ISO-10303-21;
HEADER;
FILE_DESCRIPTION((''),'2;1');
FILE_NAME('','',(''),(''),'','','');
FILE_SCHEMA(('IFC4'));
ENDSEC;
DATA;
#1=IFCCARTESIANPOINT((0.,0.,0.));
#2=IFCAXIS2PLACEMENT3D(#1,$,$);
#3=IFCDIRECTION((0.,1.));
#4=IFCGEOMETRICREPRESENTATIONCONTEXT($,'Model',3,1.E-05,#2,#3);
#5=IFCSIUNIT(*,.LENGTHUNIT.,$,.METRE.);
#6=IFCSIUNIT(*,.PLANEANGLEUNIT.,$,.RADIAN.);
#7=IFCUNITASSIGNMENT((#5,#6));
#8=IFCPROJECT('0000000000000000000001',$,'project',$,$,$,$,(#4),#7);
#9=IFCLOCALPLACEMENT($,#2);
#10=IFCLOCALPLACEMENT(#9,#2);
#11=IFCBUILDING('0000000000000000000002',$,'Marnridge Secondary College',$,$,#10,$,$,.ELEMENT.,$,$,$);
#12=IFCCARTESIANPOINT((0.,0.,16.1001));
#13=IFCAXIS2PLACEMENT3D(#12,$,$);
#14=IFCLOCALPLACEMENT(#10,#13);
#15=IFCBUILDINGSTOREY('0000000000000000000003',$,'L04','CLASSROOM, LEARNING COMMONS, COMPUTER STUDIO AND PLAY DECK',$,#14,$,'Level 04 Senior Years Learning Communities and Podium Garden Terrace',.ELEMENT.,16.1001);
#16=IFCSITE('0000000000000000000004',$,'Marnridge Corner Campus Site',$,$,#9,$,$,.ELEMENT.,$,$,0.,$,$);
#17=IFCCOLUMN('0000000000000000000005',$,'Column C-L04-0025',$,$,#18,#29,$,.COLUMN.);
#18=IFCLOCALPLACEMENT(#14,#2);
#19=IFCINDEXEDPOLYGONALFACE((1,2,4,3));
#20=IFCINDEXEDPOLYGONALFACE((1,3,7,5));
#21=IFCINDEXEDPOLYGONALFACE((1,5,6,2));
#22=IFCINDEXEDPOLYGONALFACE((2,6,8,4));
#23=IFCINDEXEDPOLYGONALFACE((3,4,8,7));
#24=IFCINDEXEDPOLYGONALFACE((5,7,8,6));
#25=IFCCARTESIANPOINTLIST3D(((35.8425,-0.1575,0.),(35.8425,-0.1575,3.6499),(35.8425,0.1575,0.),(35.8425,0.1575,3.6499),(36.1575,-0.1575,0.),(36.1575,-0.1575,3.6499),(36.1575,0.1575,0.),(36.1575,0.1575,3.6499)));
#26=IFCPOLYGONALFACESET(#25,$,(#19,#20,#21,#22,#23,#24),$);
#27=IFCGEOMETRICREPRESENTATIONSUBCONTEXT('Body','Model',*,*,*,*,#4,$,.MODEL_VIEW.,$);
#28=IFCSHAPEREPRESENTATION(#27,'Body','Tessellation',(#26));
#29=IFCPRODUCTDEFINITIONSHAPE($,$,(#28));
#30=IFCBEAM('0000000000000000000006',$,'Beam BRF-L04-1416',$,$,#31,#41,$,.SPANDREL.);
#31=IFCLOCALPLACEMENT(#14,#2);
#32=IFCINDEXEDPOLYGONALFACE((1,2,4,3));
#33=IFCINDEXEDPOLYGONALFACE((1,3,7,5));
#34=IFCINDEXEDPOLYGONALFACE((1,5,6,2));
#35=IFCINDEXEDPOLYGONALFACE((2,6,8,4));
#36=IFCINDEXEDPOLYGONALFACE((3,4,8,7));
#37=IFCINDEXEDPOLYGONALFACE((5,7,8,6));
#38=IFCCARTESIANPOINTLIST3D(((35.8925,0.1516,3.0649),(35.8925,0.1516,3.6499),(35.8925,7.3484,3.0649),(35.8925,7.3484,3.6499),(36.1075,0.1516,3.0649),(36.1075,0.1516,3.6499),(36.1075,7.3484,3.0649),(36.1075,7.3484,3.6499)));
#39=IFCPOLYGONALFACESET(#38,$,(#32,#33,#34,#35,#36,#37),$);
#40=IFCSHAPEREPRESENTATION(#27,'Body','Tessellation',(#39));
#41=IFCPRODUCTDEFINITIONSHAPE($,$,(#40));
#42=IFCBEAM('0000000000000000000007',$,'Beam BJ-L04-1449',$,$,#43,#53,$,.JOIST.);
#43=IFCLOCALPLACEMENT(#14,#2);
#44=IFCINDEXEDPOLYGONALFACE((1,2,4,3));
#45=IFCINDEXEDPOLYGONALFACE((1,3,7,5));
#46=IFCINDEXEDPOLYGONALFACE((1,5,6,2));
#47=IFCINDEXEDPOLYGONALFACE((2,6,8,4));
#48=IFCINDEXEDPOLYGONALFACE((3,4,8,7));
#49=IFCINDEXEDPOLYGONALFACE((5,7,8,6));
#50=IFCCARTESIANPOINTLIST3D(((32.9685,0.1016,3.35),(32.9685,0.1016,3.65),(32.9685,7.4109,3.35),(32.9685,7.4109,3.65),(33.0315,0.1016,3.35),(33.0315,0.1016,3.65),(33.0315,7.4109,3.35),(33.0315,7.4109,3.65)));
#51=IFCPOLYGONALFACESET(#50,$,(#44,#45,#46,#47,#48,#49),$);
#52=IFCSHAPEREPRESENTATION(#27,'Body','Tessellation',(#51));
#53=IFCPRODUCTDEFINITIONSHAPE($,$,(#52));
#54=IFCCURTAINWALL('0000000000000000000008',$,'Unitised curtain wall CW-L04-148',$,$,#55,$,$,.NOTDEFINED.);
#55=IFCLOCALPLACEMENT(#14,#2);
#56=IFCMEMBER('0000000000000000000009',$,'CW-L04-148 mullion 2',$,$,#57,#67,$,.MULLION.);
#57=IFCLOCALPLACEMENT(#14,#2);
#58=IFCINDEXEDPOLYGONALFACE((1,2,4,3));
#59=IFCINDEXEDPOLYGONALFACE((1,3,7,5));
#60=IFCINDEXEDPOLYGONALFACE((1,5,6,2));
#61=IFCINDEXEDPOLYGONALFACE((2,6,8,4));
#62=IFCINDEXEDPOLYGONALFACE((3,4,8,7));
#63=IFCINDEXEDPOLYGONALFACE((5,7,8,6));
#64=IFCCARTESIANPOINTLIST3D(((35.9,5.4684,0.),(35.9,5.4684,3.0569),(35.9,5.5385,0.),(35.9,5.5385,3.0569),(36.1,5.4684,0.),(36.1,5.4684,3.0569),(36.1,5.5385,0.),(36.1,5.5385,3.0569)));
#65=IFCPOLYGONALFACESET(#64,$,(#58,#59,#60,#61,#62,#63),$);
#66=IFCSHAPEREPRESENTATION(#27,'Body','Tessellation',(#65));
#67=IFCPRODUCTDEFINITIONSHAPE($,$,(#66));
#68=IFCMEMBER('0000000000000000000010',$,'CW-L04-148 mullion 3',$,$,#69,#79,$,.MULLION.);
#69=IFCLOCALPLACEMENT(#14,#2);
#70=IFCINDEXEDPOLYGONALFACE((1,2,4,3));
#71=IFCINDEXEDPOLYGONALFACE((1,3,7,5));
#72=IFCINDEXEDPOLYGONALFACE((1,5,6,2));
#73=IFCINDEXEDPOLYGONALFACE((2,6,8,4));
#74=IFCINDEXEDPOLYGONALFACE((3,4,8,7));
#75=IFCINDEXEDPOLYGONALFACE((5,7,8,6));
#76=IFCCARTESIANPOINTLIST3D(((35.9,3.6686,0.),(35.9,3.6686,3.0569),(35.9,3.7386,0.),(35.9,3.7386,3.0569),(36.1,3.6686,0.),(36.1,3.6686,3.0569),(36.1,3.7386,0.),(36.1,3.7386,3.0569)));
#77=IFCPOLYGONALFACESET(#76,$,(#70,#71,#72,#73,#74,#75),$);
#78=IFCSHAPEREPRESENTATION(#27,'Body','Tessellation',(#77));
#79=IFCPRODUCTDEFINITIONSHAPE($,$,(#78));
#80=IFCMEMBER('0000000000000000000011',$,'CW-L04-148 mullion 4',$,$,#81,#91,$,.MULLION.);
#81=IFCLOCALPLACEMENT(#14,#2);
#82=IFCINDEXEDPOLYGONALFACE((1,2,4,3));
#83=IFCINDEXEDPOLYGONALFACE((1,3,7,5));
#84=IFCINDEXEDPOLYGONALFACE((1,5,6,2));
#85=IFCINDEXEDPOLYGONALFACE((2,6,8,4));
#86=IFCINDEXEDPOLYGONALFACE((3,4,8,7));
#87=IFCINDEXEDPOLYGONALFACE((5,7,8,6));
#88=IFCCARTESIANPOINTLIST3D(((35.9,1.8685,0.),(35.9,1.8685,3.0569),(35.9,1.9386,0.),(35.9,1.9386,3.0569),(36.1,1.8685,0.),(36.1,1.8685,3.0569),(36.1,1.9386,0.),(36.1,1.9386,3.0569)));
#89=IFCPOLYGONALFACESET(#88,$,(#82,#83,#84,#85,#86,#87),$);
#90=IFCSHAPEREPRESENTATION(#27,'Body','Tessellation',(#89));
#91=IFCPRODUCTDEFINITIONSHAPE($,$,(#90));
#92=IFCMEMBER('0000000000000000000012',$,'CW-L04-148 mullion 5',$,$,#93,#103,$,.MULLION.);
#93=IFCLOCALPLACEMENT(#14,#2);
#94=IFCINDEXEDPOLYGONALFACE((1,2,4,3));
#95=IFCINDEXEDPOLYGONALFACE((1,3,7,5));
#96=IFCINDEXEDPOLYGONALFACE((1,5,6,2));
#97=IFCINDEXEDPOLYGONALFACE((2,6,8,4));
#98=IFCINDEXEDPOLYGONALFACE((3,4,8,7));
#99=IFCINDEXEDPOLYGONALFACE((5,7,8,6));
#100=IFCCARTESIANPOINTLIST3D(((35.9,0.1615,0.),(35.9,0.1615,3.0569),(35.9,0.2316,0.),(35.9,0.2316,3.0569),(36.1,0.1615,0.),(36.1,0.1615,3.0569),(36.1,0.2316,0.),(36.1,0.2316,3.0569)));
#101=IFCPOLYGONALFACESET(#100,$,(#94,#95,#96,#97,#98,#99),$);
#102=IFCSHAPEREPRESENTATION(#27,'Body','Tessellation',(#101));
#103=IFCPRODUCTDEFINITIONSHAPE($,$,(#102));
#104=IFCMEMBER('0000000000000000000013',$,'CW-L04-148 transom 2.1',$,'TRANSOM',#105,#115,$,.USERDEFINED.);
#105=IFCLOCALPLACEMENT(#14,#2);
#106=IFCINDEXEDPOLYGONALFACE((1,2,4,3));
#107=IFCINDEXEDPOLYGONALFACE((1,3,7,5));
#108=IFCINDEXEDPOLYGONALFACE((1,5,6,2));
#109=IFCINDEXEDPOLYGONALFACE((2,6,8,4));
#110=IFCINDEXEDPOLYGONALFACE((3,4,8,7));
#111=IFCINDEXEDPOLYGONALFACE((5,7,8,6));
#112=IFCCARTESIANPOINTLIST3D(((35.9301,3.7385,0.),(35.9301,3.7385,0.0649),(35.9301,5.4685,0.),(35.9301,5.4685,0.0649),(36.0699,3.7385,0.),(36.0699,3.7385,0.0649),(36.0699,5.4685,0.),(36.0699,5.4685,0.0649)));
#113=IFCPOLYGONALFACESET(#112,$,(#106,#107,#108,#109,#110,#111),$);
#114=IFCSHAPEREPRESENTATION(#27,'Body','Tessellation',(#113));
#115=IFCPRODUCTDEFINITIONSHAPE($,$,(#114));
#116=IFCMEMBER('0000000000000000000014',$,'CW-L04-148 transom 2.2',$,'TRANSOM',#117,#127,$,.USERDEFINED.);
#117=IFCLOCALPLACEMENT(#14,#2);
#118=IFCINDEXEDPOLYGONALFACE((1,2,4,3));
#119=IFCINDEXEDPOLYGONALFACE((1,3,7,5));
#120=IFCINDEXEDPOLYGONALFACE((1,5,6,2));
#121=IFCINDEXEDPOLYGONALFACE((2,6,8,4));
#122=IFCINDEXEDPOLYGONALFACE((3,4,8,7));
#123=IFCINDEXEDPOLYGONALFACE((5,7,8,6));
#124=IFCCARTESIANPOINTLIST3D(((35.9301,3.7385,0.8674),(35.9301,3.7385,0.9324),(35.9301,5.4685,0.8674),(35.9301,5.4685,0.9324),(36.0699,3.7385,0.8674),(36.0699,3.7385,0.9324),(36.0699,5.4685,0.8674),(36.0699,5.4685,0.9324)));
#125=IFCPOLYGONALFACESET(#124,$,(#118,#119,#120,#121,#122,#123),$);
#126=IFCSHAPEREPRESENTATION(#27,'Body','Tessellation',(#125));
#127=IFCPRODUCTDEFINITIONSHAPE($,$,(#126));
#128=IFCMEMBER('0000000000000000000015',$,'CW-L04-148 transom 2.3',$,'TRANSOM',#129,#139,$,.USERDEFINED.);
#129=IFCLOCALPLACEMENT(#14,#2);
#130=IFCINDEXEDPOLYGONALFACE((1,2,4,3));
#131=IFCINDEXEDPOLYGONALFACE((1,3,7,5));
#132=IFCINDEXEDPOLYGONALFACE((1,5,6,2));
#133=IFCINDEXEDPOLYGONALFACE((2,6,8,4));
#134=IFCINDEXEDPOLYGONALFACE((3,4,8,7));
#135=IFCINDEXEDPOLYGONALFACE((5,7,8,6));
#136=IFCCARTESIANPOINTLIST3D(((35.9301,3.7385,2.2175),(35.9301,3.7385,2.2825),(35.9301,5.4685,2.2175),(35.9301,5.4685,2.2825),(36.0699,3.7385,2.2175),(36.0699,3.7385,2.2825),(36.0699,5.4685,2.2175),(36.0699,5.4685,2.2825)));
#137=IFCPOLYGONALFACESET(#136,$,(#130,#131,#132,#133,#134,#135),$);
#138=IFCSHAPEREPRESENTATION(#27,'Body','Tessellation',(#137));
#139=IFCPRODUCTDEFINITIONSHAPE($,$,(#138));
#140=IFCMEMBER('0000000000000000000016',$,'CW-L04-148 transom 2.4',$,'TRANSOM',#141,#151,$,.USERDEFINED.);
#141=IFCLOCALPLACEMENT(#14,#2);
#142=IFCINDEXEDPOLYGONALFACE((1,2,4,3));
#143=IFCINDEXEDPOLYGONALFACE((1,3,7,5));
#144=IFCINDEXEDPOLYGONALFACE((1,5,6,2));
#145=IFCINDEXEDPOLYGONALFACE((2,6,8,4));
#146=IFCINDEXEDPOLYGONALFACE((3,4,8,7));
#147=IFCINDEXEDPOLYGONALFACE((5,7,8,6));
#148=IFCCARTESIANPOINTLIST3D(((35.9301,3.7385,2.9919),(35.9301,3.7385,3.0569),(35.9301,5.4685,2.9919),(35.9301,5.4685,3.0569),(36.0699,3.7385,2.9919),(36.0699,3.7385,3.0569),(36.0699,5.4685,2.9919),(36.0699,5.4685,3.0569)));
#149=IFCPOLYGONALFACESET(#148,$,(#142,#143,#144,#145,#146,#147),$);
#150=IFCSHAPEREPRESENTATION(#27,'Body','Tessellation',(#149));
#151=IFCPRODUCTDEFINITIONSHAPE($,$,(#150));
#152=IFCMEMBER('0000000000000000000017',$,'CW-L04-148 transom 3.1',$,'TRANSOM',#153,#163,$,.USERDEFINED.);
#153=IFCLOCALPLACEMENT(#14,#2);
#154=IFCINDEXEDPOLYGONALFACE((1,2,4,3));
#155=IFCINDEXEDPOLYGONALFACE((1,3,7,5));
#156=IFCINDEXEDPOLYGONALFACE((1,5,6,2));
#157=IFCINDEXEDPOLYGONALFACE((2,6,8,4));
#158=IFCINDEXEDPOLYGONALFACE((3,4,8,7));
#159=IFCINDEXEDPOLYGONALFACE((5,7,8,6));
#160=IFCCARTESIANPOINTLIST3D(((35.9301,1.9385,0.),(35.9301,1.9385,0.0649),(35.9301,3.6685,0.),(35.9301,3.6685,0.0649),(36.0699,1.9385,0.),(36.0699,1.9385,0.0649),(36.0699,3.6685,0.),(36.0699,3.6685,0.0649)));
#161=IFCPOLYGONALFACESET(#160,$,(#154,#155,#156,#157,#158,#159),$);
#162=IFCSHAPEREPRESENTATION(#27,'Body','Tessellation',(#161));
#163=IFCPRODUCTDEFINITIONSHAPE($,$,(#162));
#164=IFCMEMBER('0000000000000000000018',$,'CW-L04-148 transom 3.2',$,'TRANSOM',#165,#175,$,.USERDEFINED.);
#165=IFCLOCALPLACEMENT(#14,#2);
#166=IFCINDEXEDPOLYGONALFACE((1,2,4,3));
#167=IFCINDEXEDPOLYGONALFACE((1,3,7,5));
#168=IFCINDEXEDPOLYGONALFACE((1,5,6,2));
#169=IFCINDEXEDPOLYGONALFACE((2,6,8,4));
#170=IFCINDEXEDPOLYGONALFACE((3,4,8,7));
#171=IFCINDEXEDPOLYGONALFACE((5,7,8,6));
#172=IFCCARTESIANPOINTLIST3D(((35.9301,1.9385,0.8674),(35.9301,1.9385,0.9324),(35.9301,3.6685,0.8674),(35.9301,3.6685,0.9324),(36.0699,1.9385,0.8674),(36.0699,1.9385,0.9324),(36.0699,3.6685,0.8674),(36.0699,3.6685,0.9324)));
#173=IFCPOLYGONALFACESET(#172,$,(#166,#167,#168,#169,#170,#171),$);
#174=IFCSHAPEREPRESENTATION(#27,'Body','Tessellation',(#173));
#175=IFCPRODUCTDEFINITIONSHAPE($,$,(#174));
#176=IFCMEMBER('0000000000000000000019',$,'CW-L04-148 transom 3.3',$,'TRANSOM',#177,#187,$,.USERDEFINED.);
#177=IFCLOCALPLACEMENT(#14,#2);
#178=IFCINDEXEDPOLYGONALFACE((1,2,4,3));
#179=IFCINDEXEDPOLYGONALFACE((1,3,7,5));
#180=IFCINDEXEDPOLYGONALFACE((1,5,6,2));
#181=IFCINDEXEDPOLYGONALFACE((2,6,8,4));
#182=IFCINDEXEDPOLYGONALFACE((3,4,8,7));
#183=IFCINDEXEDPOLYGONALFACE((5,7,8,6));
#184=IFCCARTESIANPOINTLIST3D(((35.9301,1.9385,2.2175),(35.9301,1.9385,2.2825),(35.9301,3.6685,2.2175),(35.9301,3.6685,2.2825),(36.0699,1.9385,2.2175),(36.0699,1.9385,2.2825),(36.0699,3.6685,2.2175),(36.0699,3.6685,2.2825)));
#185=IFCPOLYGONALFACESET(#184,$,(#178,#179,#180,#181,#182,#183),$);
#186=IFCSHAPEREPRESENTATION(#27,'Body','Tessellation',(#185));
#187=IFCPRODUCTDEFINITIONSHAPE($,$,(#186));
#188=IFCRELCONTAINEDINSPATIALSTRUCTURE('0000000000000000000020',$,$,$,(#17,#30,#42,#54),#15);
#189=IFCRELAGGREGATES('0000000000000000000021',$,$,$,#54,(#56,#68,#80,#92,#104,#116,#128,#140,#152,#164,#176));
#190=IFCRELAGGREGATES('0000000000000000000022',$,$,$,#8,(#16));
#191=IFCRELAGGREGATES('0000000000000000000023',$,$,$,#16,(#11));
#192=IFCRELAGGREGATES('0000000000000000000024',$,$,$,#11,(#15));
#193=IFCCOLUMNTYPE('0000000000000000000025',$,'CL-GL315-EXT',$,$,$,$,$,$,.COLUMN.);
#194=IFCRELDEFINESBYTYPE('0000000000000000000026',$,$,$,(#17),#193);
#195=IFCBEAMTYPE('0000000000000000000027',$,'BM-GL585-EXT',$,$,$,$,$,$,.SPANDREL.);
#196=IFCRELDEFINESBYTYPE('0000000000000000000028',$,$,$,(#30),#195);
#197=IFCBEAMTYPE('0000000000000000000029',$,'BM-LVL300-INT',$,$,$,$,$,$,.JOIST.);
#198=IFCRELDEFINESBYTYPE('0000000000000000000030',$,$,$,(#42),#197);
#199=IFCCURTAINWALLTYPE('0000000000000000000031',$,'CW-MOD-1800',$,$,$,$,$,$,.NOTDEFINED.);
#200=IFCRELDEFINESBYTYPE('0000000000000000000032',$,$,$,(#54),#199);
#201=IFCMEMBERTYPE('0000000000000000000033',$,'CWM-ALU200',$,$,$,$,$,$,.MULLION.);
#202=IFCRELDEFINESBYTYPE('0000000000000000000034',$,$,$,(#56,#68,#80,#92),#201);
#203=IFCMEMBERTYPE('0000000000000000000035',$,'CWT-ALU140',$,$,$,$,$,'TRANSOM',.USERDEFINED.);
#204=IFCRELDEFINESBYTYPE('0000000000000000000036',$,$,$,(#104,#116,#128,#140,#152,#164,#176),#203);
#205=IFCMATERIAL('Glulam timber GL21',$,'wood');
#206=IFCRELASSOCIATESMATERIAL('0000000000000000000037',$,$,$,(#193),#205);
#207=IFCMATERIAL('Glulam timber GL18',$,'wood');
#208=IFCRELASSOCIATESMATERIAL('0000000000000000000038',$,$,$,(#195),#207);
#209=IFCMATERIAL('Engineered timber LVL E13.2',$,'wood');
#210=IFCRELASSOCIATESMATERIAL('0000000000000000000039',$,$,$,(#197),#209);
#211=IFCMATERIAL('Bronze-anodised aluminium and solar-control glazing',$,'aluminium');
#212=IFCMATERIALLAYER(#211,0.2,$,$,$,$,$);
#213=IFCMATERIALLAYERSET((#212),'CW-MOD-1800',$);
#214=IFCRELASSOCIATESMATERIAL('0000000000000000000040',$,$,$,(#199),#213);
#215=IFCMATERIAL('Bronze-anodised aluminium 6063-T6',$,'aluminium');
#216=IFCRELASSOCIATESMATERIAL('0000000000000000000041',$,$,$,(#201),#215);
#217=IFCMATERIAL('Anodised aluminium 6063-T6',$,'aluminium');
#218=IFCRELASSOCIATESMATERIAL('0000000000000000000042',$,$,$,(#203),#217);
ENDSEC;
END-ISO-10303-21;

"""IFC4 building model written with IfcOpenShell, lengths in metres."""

from ifc_helpers import new_model, si_unit, direction, frame, origin, origin_2d, place, context, subcontext, project, spatial, rectangle, extrude, material, layer, layer_set, material_profile, profile_set, type_object, element, aggregate, save


model = new_model("IFC4")

# Units and contexts
model_context = context("Model", 3, precision=1e-05, world=origin(), true_north=direction((0.0, 1.0)))
body_context = subcontext(model_context, "Body", "Model", "MODEL_VIEW")
ifc_project = project(units=[si_unit("LENGTHUNIT", "METRE"), si_unit("PLANEANGLEUNIT", "RADIAN")], contexts=[model_context])

# Site, building, storey
site_placement = place(None, origin())
site = spatial("IfcSite", under=ifc_project, at=site_placement, Name="Marnridge Corner Campus Site", CompositionType="ELEMENT", RefElevation=0.0)
building_placement = place(site_placement, origin())
building = spatial("IfcBuilding", under=site, at=building_placement, Name="Marnridge Secondary College", CompositionType="ELEMENT")
storey_placement = place(building_placement, frame((0.0, 0.0, 16.1001)))
storey = spatial("IfcBuildingStorey", under=building, at=storey_placement, Name="L04", Description="CLASSROOM, LEARNING COMMONS, COMPUTER STUDIO AND PLAY DECK", LongName="Level 04 Senior Years Learning Communities and Podium Garden Terrace", CompositionType="ELEMENT", Elevation=16.1001)

# Column
ifc_material_1 = material(Name="Glulam timber GL21", Category="wood")
ifc_material_profile_1 = material_profile(ifc_material_1, rectangle(XDim=0.3149, YDim=0.3149, at=origin_2d()), Name="GL21 315x315")
ifc_profile_set_1 = profile_set([ifc_material_profile_1], Name="Glulam timber GL21")
column_type = type_object("IfcColumnType", Name="CL-GL315-EXT", PredefinedType="COLUMN", material=ifc_profile_set_1)
column_placement = place(storey_placement, frame((36.0, 0.0, 0.0), z_axis=(0.0, 0.0, 1.0), x_axis=(1.0, 0.0, 0.0)))
element("IfcColumn", 1, at=column_placement, inside=storey, type_object=column_type, Name="Column C-L04-0025", PredefinedType="COLUMN", context=body_context, shape_type="SweptSolid", body=[
    extrude(rectangle(XDim=0.3149, YDim=0.3149, at=origin_2d()), origin(), (0.0, 0.0, 1.0), 3.6499),
])

# Beams
ifc_material_2 = material(Name="Glulam timber GL18", Category="wood")
ifc_material_profile_2 = material_profile(ifc_material_2, rectangle(XDim=0.2151, YDim=0.585, at=origin_2d()), Name="GL18 215x585")
ifc_profile_set_2 = profile_set([ifc_material_profile_2], Name="Glulam timber GL18")
beam_type_1 = type_object("IfcBeamType", Name="BM-GL585-EXT", PredefinedType="SPANDREL", material=ifc_profile_set_2)
beam_1_placement = place(storey_placement, frame((36.0, 0.1516, 3.3574), z_axis=(0.0, 1.0, 0.0), x_axis=(-1.0, 0.0, 0.0)))
element("IfcBeam", 2, at=beam_1_placement, inside=storey, type_object=beam_type_1, Name="Beam BRF-L04-1416", PredefinedType="SPANDREL", context=body_context, shape_type="SweptSolid", body=[
    extrude(rectangle(XDim=0.2151, YDim=0.585, at=origin_2d()), origin(), (0.0, 0.0, 1.0), 7.1968),
])
ifc_material_3 = material(Name="Engineered timber LVL E13.2", Category="wood")
ifc_material_profile_3 = material_profile(ifc_material_3, rectangle(XDim=0.063, YDim=0.3, at=origin_2d()), Name="LVL 63x300")
ifc_profile_set_3 = profile_set([ifc_material_profile_3], Name="Engineered timber LVL E13.2")
beam_type_2 = type_object("IfcBeamType", Name="BM-LVL300-INT", PredefinedType="JOIST", material=ifc_profile_set_3)
beam_2_placement = place(storey_placement, frame((33.0, 0.1016, 3.5), z_axis=(0.0, 1.0, 0.0), x_axis=(-1.0, 0.0, 0.0)))
element("IfcBeam", 3, at=beam_2_placement, inside=storey, type_object=beam_type_2, Name="Beam BJ-L04-1449", PredefinedType="JOIST", context=body_context, shape_type="SweptSolid", body=[
    extrude(rectangle(XDim=0.063, YDim=0.3, at=origin_2d()), origin(), (0.0, 0.0, 1.0), 7.3093),
])

# Curtain wall, members
ifc_material_4 = material(Name="Bronze-anodised aluminium and solar-control glazing", Category="aluminium")
ifc_layer_1 = layer(ifc_material_4, 0.2)
ifc_layer_set_1 = layer_set([ifc_layer_1], Name="CW-MOD-1800")
curtain_wall_type = type_object("IfcCurtainWallType", Name="CW-MOD-1800", PredefinedType="NOTDEFINED", material=ifc_layer_set_1)
curtain_wall_placement = place(storey_placement, origin())
curtain_wall = element("IfcCurtainWall", 4, at=curtain_wall_placement, inside=storey, type_object=curtain_wall_type, Name="Unitised curtain wall CW-L04-148", PredefinedType="NOTDEFINED")
ifc_material_5 = material(Name="Bronze-anodised aluminium 6063-T6", Category="aluminium")
ifc_material_profile_4 = material_profile(ifc_material_5, rectangle(XDim=0.0701, YDim=0.2, at=origin_2d()), Name="ALU 70x200")
ifc_profile_set_4 = profile_set([ifc_material_profile_4], Name="Bronze-anodised aluminium 6063-T6")
member_type_1 = type_object("IfcMemberType", Name="CWM-ALU200", PredefinedType="MULLION", material=ifc_profile_set_4)
member_1_placement = place(storey_placement, frame((36.0, 5.5034, 0.0), z_axis=(0.0, 0.0, 1.0), x_axis=(0.0, -1.0, 0.0)))
member_1 = element("IfcMember", 5, at=member_1_placement, type_object=member_type_1, Name="CW-L04-148 mullion 2", PredefinedType="MULLION", context=body_context, shape_type="SweptSolid", body=[
    extrude(rectangle(XDim=0.0701, YDim=0.2, at=origin_2d()), origin(), (0.0, 0.0, 1.0), 3.0569),
])
member_2_placement = place(storey_placement, frame((36.0, 3.7036, 0.0), z_axis=(0.0, 0.0, 1.0), x_axis=(0.0, -1.0, 0.0)))
member_2 = element("IfcMember", 6, at=member_2_placement, type_object=member_type_1, Name="CW-L04-148 mullion 3", PredefinedType="MULLION", context=body_context, shape_type="SweptSolid", body=[
    extrude(rectangle(XDim=0.0701, YDim=0.2, at=origin_2d()), origin(), (0.0, 0.0, 1.0), 3.0569),
])
member_3_placement = place(storey_placement, frame((36.0, 1.9036, 0.0), z_axis=(0.0, 0.0, 1.0), x_axis=(0.0, -1.0, 0.0)))
member_3 = element("IfcMember", 7, at=member_3_placement, type_object=member_type_1, Name="CW-L04-148 mullion 4", PredefinedType="MULLION", context=body_context, shape_type="SweptSolid", body=[
    extrude(rectangle(XDim=0.0701, YDim=0.2, at=origin_2d()), origin(), (0.0, 0.0, 1.0), 3.0569),
])
member_4_placement = place(storey_placement, frame((36.0, 0.1965, 0.0), z_axis=(0.0, 0.0, 1.0), x_axis=(0.0, -1.0, 0.0)))
member_4 = element("IfcMember", 8, at=member_4_placement, type_object=member_type_1, Name="CW-L04-148 mullion 5", PredefinedType="MULLION", context=body_context, shape_type="SweptSolid", body=[
    extrude(rectangle(XDim=0.0701, YDim=0.2, at=origin_2d()), origin(), (0.0, 0.0, 1.0), 3.0569),
])
ifc_material_6 = material(Name="Anodised aluminium 6063-T6", Category="aluminium")
ifc_material_profile_5 = material_profile(ifc_material_6, rectangle(XDim=0.0649, YDim=0.1399, at=origin_2d()), Name="ALU 65x140")
ifc_profile_set_5 = profile_set([ifc_material_profile_5], Name="Anodised aluminium 6063-T6")
member_type_2 = type_object("IfcMemberType", Name="CWT-ALU140", ElementType="TRANSOM", PredefinedType="USERDEFINED", material=ifc_profile_set_5)
member_5_placement = place(storey_placement, frame((36.0, 5.4685, 0.0325), z_axis=(0.0, -1.0, 0.0), x_axis=(0.0, 0.0, 1.0)))
member_5 = element("IfcMember", 9, at=member_5_placement, type_object=member_type_2, Name="CW-L04-148 transom 2.1", ObjectType="TRANSOM", PredefinedType="USERDEFINED", context=body_context, shape_type="SweptSolid", body=[
    extrude(rectangle(XDim=0.0649, YDim=0.1399, at=origin_2d()), origin(), (0.0, 0.0, 1.0), 1.73),
])
member_6_placement = place(storey_placement, frame((36.0, 5.4685, 0.8999), z_axis=(0.0, -1.0, 0.0), x_axis=(0.0, 0.0, 1.0)))
member_6 = element("IfcMember", 10, at=member_6_placement, type_object=member_type_2, Name="CW-L04-148 transom 2.2", ObjectType="TRANSOM", PredefinedType="USERDEFINED", context=body_context, shape_type="SweptSolid", body=[
    extrude(rectangle(XDim=0.0649, YDim=0.1399, at=origin_2d()), origin(), (0.0, 0.0, 1.0), 1.73),
])
member_7_placement = place(storey_placement, frame((36.0, 5.4685, 2.25), z_axis=(0.0, -1.0, 0.0), x_axis=(0.0, 0.0, 1.0)))
member_7 = element("IfcMember", 11, at=member_7_placement, type_object=member_type_2, Name="CW-L04-148 transom 2.3", ObjectType="TRANSOM", PredefinedType="USERDEFINED", context=body_context, shape_type="SweptSolid", body=[
    extrude(rectangle(XDim=0.0649, YDim=0.1399, at=origin_2d()), origin(), (0.0, 0.0, 1.0), 1.73),
])
member_8_placement = place(storey_placement, frame((36.0, 5.4685, 3.0244), z_axis=(0.0, -1.0, 0.0), x_axis=(0.0, 0.0, 1.0)))
member_8 = element("IfcMember", 12, at=member_8_placement, type_object=member_type_2, Name="CW-L04-148 transom 2.4", ObjectType="TRANSOM", PredefinedType="USERDEFINED", context=body_context, shape_type="SweptSolid", body=[
    extrude(rectangle(XDim=0.0649, YDim=0.1399, at=origin_2d()), origin(), (0.0, 0.0, 1.0), 1.73),
])
member_9_placement = place(storey_placement, frame((36.0, 3.6685, 0.0325), z_axis=(0.0, -1.0, 0.0), x_axis=(0.0, 0.0, 1.0)))
member_9 = element("IfcMember", 13, at=member_9_placement, type_object=member_type_2, Name="CW-L04-148 transom 3.1", ObjectType="TRANSOM", PredefinedType="USERDEFINED", context=body_context, shape_type="SweptSolid", body=[
    extrude(rectangle(XDim=0.0649, YDim=0.1399, at=origin_2d()), origin(), (0.0, 0.0, 1.0), 1.73),
])
member_10_placement = place(storey_placement, frame((36.0, 3.6685, 0.8999), z_axis=(0.0, -1.0, 0.0), x_axis=(0.0, 0.0, 1.0)))
member_10 = element("IfcMember", 14, at=member_10_placement, type_object=member_type_2, Name="CW-L04-148 transom 3.2", ObjectType="TRANSOM", PredefinedType="USERDEFINED", context=body_context, shape_type="SweptSolid", body=[
    extrude(rectangle(XDim=0.0649, YDim=0.1399, at=origin_2d()), origin(), (0.0, 0.0, 1.0), 1.73),
])
member_11_placement = place(storey_placement, frame((36.0, 3.6685, 2.25), z_axis=(0.0, -1.0, 0.0), x_axis=(0.0, 0.0, 1.0)))
member_11 = element("IfcMember", 15, at=member_11_placement, type_object=member_type_2, Name="CW-L04-148 transom 3.3", ObjectType="TRANSOM", PredefinedType="USERDEFINED", context=body_context, shape_type="SweptSolid", body=[
    extrude(rectangle(XDim=0.0649, YDim=0.1399, at=origin_2d()), origin(), (0.0, 0.0, 1.0), 1.73),
])
aggregate(curtain_wall, [member_1, member_2, member_3, member_4, member_5, member_6, member_7, member_8, member_9, member_10, member_11])

save(model, "model.ifc")
